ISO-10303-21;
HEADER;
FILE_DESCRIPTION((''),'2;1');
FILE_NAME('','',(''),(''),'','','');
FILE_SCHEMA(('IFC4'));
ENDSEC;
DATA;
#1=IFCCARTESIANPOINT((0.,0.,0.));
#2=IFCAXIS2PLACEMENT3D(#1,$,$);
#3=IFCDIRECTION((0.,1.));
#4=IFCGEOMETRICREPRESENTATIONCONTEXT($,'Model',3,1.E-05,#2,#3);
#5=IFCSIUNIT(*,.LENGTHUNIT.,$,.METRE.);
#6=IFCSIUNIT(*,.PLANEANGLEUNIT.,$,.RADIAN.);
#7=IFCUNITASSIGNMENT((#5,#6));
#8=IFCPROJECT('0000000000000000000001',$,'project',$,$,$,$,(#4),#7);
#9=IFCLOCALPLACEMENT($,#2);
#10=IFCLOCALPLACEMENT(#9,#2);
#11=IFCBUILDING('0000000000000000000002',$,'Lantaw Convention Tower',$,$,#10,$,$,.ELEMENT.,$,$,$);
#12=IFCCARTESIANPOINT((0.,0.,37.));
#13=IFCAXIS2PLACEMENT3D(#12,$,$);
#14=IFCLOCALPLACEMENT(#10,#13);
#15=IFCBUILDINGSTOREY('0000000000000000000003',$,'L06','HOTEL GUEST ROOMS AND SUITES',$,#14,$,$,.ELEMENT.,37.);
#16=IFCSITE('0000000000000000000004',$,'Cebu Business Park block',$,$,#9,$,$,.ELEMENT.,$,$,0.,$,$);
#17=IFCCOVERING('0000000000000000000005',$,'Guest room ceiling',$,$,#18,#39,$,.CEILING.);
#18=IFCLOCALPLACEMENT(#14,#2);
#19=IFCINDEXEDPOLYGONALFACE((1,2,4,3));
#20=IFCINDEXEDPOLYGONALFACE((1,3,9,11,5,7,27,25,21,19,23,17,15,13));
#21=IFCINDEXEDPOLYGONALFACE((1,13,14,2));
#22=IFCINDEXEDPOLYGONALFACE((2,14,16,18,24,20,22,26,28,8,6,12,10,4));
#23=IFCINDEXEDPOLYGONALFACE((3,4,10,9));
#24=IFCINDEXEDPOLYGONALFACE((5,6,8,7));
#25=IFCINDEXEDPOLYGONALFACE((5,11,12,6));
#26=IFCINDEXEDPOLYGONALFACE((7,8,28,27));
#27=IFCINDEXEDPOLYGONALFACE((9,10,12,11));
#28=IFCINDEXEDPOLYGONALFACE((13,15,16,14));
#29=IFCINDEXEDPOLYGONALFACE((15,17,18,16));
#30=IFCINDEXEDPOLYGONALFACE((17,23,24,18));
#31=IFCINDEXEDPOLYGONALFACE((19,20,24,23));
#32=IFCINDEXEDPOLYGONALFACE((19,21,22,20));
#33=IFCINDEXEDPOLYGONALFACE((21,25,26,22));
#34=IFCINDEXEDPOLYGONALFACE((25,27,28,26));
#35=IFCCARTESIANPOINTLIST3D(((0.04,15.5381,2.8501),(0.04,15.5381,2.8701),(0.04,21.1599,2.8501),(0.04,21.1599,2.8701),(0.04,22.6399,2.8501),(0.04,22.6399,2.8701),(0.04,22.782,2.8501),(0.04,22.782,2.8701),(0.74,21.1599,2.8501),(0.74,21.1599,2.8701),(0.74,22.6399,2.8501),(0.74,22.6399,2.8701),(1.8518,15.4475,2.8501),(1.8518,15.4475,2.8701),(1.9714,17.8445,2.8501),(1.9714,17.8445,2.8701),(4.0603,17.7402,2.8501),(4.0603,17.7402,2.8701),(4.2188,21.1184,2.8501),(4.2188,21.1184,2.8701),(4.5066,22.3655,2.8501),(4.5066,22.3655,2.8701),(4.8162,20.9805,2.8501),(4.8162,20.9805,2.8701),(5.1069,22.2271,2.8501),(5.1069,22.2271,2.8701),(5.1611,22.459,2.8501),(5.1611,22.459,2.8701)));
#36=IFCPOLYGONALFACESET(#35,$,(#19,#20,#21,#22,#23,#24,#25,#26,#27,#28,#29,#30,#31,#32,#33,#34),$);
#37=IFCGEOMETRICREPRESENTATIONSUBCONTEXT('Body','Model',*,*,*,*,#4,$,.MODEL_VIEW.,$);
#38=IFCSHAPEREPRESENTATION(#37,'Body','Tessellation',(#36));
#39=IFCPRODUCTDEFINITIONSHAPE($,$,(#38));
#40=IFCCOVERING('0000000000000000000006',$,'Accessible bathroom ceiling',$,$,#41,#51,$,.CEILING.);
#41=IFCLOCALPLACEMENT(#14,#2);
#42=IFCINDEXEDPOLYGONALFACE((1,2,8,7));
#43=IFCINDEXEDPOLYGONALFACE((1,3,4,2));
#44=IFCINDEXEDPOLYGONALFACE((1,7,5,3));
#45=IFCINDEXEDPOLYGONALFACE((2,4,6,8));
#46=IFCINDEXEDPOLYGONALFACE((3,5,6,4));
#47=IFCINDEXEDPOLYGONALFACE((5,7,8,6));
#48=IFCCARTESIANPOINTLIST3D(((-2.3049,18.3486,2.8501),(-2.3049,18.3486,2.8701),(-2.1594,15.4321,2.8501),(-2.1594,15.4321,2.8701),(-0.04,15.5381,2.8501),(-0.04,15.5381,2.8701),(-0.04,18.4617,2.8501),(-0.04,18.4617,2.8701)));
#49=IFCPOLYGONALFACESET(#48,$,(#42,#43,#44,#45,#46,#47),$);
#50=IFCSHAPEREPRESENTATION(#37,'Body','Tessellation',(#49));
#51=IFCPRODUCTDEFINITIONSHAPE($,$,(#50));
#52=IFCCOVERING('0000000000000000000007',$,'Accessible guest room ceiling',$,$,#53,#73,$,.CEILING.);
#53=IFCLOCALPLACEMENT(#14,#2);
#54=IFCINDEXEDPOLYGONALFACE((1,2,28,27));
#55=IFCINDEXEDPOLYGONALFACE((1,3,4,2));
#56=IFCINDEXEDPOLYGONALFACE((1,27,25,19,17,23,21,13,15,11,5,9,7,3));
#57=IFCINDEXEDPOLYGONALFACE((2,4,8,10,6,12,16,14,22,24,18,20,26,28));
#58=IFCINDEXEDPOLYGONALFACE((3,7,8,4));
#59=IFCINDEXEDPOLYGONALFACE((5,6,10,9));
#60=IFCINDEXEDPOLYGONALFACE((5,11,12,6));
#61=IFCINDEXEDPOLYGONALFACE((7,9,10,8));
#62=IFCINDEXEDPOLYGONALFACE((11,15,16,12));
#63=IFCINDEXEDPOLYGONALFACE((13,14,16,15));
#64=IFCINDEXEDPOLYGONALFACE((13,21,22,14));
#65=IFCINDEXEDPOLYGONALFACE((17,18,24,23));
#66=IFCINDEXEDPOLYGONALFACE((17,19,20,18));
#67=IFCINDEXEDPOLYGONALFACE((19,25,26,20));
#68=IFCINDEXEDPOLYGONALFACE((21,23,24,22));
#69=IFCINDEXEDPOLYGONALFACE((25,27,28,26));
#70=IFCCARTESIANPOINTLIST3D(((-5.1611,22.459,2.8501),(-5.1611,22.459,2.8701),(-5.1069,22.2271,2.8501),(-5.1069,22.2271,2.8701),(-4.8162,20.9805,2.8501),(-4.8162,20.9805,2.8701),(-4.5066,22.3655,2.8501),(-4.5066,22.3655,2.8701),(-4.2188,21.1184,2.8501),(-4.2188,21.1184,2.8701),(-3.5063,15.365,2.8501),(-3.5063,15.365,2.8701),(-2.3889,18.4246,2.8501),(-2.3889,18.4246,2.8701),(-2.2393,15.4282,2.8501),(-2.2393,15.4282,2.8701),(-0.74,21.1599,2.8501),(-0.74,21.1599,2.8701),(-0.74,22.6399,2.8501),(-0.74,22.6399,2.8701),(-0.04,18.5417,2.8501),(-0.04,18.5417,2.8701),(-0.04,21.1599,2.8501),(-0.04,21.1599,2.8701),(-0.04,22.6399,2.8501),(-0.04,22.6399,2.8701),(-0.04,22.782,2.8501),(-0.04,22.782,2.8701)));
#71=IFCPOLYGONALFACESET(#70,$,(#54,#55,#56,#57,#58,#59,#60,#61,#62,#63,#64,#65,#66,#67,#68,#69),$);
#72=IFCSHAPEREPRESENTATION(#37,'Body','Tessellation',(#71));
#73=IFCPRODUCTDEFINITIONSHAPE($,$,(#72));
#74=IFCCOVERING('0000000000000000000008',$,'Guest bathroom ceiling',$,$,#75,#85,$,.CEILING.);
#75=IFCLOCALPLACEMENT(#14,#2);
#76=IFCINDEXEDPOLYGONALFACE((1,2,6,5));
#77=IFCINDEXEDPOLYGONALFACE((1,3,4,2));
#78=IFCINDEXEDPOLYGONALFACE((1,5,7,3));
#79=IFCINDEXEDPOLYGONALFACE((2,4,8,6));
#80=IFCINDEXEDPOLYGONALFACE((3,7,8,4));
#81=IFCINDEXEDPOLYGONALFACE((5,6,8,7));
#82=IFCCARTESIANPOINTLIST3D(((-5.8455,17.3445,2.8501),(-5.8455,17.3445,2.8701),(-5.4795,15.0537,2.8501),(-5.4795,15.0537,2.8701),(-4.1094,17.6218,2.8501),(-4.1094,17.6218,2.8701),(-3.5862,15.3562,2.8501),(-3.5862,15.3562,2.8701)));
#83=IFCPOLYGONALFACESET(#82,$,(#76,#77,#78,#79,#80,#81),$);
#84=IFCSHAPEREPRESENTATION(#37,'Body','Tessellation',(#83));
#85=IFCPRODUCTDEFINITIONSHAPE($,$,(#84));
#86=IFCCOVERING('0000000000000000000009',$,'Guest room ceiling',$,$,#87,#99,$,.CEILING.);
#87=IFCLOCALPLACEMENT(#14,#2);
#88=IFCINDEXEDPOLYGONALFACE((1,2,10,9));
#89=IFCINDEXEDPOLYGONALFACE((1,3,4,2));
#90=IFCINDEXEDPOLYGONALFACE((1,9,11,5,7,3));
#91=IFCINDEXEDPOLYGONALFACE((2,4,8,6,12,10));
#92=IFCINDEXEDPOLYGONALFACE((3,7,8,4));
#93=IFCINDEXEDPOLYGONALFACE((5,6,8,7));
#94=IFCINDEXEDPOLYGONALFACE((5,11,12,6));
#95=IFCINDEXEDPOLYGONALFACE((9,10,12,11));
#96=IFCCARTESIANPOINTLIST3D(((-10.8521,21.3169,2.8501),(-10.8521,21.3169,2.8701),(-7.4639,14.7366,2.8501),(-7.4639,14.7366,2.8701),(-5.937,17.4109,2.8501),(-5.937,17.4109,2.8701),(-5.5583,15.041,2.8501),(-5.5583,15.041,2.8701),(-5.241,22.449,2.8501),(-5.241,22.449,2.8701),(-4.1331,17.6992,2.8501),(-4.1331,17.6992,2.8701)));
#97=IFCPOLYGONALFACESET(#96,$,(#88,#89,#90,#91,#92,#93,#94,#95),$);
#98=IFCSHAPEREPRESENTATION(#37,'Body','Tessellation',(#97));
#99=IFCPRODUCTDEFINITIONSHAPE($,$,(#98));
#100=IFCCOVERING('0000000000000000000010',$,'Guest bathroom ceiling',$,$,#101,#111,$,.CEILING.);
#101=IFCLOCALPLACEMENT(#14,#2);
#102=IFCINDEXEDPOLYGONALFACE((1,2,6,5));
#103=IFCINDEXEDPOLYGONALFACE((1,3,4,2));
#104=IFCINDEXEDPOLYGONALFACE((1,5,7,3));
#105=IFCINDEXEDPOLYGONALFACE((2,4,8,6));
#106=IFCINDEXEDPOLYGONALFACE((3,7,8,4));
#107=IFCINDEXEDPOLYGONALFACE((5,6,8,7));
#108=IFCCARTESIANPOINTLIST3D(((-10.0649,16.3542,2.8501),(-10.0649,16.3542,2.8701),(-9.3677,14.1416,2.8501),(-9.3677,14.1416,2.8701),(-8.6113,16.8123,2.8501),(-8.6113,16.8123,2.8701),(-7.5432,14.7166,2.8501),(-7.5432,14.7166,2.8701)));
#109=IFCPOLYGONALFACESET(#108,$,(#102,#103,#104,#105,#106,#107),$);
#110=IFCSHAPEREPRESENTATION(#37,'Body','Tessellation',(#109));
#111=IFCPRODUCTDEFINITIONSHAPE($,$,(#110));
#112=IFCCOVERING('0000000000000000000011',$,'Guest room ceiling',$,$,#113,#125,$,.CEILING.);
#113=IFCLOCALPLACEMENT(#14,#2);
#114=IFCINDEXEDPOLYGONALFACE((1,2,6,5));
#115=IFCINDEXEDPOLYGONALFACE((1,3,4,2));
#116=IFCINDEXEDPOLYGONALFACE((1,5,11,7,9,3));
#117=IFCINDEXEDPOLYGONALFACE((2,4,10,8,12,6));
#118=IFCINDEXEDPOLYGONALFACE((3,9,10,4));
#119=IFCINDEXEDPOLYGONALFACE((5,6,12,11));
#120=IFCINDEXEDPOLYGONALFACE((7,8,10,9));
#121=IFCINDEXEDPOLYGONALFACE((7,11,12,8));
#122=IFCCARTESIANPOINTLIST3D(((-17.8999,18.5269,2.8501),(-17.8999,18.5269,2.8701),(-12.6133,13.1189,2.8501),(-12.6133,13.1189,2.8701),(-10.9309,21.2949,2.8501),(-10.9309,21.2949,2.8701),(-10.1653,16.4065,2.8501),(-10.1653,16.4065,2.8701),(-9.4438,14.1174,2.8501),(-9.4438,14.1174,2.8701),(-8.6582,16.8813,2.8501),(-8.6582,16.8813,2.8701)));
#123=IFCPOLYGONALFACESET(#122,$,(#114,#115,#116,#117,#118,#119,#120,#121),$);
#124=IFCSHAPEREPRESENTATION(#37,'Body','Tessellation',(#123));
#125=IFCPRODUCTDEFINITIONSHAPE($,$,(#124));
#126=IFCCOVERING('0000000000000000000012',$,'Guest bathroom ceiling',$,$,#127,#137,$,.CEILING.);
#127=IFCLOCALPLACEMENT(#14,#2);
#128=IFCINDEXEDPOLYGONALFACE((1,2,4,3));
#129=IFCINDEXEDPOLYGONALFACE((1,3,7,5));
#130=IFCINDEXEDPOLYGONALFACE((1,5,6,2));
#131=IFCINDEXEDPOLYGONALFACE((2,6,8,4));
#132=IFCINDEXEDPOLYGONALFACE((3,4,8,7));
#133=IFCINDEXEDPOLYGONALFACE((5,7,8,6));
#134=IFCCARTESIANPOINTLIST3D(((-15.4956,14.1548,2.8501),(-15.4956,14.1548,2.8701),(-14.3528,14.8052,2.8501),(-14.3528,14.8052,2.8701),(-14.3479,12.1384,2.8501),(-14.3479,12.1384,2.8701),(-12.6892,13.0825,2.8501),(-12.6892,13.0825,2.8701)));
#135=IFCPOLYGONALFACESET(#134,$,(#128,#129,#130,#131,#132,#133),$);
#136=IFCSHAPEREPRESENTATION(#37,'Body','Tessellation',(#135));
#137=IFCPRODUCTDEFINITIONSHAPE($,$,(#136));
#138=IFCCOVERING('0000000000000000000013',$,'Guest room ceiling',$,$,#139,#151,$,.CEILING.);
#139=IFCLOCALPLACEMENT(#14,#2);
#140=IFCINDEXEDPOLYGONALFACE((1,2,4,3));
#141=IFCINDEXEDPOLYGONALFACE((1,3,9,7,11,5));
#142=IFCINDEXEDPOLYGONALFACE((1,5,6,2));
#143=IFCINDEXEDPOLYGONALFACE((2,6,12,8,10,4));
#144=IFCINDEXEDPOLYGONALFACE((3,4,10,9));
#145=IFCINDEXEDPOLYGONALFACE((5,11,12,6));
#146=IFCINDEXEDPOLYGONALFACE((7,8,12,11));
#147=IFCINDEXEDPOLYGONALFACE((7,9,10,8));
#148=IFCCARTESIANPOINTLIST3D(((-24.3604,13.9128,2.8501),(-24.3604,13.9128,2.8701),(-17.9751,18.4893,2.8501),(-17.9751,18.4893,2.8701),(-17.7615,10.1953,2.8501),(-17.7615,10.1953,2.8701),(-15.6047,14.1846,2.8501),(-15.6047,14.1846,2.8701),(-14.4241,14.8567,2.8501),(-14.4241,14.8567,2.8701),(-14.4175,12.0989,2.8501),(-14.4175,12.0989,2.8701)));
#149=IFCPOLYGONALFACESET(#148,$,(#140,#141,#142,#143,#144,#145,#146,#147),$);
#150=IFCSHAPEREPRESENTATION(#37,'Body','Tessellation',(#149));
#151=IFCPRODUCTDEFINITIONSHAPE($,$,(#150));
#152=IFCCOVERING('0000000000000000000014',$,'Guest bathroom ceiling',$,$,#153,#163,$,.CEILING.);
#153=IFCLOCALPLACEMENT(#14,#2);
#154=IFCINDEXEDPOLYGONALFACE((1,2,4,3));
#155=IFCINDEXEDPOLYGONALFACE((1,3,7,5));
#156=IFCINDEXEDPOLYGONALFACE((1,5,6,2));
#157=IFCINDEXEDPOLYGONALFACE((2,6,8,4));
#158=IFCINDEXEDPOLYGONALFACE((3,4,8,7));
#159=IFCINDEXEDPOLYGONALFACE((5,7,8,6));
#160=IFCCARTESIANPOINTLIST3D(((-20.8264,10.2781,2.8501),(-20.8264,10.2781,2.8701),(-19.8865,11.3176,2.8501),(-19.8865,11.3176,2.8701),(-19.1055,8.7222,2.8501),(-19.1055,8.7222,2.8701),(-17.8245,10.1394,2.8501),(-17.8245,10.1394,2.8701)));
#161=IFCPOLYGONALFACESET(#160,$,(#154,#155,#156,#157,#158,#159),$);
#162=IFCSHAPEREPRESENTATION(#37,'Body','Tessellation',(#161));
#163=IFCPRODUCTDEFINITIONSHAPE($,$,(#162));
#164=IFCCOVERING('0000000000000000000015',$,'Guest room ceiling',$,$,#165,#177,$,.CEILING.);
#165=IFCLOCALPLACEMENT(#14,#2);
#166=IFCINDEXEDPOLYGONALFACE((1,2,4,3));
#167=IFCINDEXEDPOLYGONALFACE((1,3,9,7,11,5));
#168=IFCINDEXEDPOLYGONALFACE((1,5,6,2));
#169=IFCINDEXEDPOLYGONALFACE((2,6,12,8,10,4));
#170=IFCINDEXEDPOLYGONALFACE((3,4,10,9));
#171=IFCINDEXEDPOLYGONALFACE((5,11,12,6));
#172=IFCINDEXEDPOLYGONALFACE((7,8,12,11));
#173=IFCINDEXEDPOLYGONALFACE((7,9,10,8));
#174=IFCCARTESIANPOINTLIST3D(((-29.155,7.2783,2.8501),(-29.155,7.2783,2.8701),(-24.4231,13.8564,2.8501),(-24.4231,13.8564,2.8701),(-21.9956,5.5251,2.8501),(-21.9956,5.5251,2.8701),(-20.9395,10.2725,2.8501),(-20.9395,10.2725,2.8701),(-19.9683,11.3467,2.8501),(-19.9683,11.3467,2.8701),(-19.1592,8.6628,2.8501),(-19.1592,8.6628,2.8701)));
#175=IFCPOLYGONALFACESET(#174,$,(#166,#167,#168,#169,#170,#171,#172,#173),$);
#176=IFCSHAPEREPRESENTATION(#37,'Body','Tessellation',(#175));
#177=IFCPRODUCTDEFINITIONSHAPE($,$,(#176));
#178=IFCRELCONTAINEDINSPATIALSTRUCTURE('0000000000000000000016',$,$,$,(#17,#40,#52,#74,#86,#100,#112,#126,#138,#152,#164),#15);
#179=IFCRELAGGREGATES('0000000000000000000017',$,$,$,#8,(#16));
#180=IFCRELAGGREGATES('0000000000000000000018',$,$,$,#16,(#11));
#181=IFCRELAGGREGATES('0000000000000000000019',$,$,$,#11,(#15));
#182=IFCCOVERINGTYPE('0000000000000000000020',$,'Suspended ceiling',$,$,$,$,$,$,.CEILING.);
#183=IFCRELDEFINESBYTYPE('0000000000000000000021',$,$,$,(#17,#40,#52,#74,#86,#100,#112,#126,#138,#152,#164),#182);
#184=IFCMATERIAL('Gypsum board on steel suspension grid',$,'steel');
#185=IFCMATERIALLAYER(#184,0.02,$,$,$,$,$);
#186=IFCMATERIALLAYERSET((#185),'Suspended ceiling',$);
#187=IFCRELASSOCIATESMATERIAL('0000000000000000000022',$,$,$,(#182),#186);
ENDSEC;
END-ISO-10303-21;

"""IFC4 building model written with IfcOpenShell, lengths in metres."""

from ifc_helpers import new_model, si_unit, direction, frame, origin, place, context, subcontext, project, spatial, polyline, outline, extrude, material, layer, layer_set, type_object, element, save


model = new_model("IFC4")

# Units and contexts
model_context = context("Model", 3, precision=1e-05, world=origin(), true_north=direction((0.0, 1.0)))
body_context = subcontext(model_context, "Body", "Model", "MODEL_VIEW")
ifc_project = project(units=[si_unit("LENGTHUNIT", "METRE"), si_unit("PLANEANGLEUNIT", "RADIAN")], contexts=[model_context])

# Site, building, storey
site_placement = place(None, origin())
site = spatial("IfcSite", under=ifc_project, at=site_placement, Name="Cebu Business Park block", CompositionType="ELEMENT", RefElevation=0.0)
building_placement = place(site_placement, origin())
building = spatial("IfcBuilding", under=site, at=building_placement, Name="Lantaw Convention Tower", CompositionType="ELEMENT")
storey_placement = place(building_placement, frame((0.0, 0.0, 37.0)))
storey = spatial("IfcBuildingStorey", under=building, at=storey_placement, Name="L06", Description="HOTEL GUEST ROOMS AND SUITES", CompositionType="ELEMENT", Elevation=37.0)

# Coverings
ifc_material_1 = material(Name="Gypsum board on steel suspension grid", Category="steel")
ifc_layer_1 = layer(ifc_material_1, 0.02)
ifc_layer_set_1 = layer_set([ifc_layer_1], Name="Suspended ceiling")
covering_type = type_object("IfcCoveringType", Name="Suspended ceiling", PredefinedType="CEILING", material=ifc_layer_set_1)
covering_1_placement = place(storey_placement, frame((0.0, 0.0, 2.8501)))
element("IfcCovering", 1, at=covering_1_placement, inside=storey, type_object=covering_type, Name="Guest room ceiling", PredefinedType="CEILING", context=body_context, shape_type="SweptSolid", body=[
    extrude(outline(polyline([(0.04, 21.1599), (0.04, 15.5381), (1.8518, 15.4475), (1.9714, 17.8445), (4.0603, 17.7402), (4.8162, 20.9805), (4.2188, 21.1184), (4.5066, 22.3655), (5.1069, 22.2271), (5.1611, 22.459), (0.04, 22.782), (0.04, 22.6399), (0.74, 22.6399), (0.74, 21.1599), (0.04, 21.1599)])), origin(), (0.0, 0.0, 1.0), 0.02),
])
covering_2_placement = place(storey_placement, frame((0.0, 0.0, 2.8501)))
element("IfcCovering", 2, at=covering_2_placement, inside=storey, type_object=covering_type, Name="Accessible bathroom ceiling", PredefinedType="CEILING", context=body_context, shape_type="SweptSolid", body=[
    extrude(outline(polyline([(-0.04, 15.5381), (-0.04, 18.4617), (-2.3049, 18.3486), (-2.1594, 15.4321), (-0.04, 15.5381)])), origin(), (0.0, 0.0, 1.0), 0.02),
])
covering_3_placement = place(storey_placement, frame((0.0, 0.0, 2.8501)))
element("IfcCovering", 3, at=covering_3_placement, inside=storey, type_object=covering_type, Name="Accessible guest room ceiling", PredefinedType="CEILING", context=body_context, shape_type="SweptSolid", body=[
    extrude(outline(polyline([(-4.8162, 20.9805), (-3.5063, 15.365), (-2.2393, 15.4282), (-2.3889, 18.4246), (-0.04, 18.5417), (-0.04, 21.1599), (-0.74, 21.1599), (-0.74, 22.6399), (-0.04, 22.6399), (-0.04, 22.782), (-5.1611, 22.459), (-5.1069, 22.2271), (-4.5066, 22.3655), (-4.2188, 21.1184), (-4.8162, 20.9805)])), origin(), (0.0, 0.0, 1.0), 0.02),
])
covering_4_placement = place(storey_placement, frame((0.0, 0.0, 2.8501)))
element("IfcCovering", 4, at=covering_4_placement, inside=storey, type_object=covering_type, Name="Guest bathroom ceiling", PredefinedType="CEILING", context=body_context, shape_type="SweptSolid", body=[
    extrude(outline(polyline([(-3.5862, 15.3562), (-4.1094, 17.6218), (-5.8455, 17.3445), (-5.4795, 15.0537), (-3.5862, 15.3562)])), origin(), (0.0, 0.0, 1.0), 0.02),
])
covering_5_placement = place(storey_placement, frame((0.0, 0.0, 2.8501)))
element("IfcCovering", 5, at=covering_5_placement, inside=storey, type_object=covering_type, Name="Guest room ceiling", PredefinedType="CEILING", context=body_context, shape_type="SweptSolid", body=[
    extrude(outline(polyline([(-7.4639, 14.7366), (-5.5583, 15.041), (-5.937, 17.4109), (-4.1331, 17.6992), (-5.241, 22.449), (-10.8521, 21.3169), (-7.4639, 14.7366)])), origin(), (0.0, 0.0, 1.0), 0.02),
])
covering_6_placement = place(storey_placement, frame((0.0, 0.0, 2.8501)))
element("IfcCovering", 6, at=covering_6_placement, inside=storey, type_object=covering_type, Name="Guest bathroom ceiling", PredefinedType="CEILING", context=body_context, shape_type="SweptSolid", body=[
    extrude(outline(polyline([(-7.5432, 14.7166), (-8.6113, 16.8123), (-10.0649, 16.3542), (-9.3677, 14.1416), (-7.5432, 14.7166)])), origin(), (0.0, 0.0, 1.0), 0.02),
])
covering_7_placement = place(storey_placement, frame((0.0, 0.0, 2.8501)))
element("IfcCovering", 7, at=covering_7_placement, inside=storey, type_object=covering_type, Name="Guest room ceiling", PredefinedType="CEILING", context=body_context, shape_type="SweptSolid", body=[
    extrude(outline(polyline([(-12.6133, 13.1189), (-9.4438, 14.1174), (-10.1653, 16.4065), (-8.6582, 16.8813), (-10.9309, 21.2949), (-17.8999, 18.5269), (-12.6133, 13.1189)])), origin(), (0.0, 0.0, 1.0), 0.02),
])
covering_8_placement = place(storey_placement, frame((0.0, 0.0, 2.8501)))
element("IfcCovering", 8, at=covering_8_placement, inside=storey, type_object=covering_type, Name="Guest bathroom ceiling", PredefinedType="CEILING", context=body_context, shape_type="SweptSolid", body=[
    extrude(outline(polyline([(-12.6892, 13.0825), (-14.3528, 14.8052), (-15.4956, 14.1548), (-14.3479, 12.1384), (-12.6892, 13.0825)])), origin(), (0.0, 0.0, 1.0), 0.02),
])
covering_9_placement = place(storey_placement, frame((0.0, 0.0, 2.8501)))
element("IfcCovering", 9, at=covering_9_placement, inside=storey, type_object=covering_type, Name="Guest room ceiling", PredefinedType="CEILING", context=body_context, shape_type="SweptSolid", body=[
    extrude(outline(polyline([(-17.7615, 10.1953), (-14.4175, 12.0989), (-15.6047, 14.1846), (-14.4241, 14.8567), (-17.9751, 18.4893), (-24.3604, 13.9128), (-17.7615, 10.1953)])), origin(), (0.0, 0.0, 1.0), 0.02),
])
covering_10_placement = place(storey_placement, frame((0.0, 0.0, 2.8501)))
element("IfcCovering", 10, at=covering_10_placement, inside=storey, type_object=covering_type, Name="Guest bathroom ceiling", PredefinedType="CEILING", context=body_context, shape_type="SweptSolid", body=[
    extrude(outline(polyline([(-17.8245, 10.1394), (-19.8865, 11.3176), (-20.8264, 10.2781), (-19.1055, 8.7222), (-17.8245, 10.1394)])), origin(), (0.0, 0.0, 1.0), 0.02),
])
covering_11_placement = place(storey_placement, frame((0.0, 0.0, 2.8501)))
element("IfcCovering", 11, at=covering_11_placement, inside=storey, type_object=covering_type, Name="Guest room ceiling", PredefinedType="CEILING", context=body_context, shape_type="SweptSolid", body=[
    extrude(outline(polyline([(-21.9956, 5.5251), (-19.1592, 8.6628), (-20.9395, 10.2725), (-19.9683, 11.3467), (-24.4231, 13.8564), (-29.155, 7.2783), (-21.9956, 5.5251)])), origin(), (0.0, 0.0, 1.0), 0.02),
])

save(model, "model.ifc")
